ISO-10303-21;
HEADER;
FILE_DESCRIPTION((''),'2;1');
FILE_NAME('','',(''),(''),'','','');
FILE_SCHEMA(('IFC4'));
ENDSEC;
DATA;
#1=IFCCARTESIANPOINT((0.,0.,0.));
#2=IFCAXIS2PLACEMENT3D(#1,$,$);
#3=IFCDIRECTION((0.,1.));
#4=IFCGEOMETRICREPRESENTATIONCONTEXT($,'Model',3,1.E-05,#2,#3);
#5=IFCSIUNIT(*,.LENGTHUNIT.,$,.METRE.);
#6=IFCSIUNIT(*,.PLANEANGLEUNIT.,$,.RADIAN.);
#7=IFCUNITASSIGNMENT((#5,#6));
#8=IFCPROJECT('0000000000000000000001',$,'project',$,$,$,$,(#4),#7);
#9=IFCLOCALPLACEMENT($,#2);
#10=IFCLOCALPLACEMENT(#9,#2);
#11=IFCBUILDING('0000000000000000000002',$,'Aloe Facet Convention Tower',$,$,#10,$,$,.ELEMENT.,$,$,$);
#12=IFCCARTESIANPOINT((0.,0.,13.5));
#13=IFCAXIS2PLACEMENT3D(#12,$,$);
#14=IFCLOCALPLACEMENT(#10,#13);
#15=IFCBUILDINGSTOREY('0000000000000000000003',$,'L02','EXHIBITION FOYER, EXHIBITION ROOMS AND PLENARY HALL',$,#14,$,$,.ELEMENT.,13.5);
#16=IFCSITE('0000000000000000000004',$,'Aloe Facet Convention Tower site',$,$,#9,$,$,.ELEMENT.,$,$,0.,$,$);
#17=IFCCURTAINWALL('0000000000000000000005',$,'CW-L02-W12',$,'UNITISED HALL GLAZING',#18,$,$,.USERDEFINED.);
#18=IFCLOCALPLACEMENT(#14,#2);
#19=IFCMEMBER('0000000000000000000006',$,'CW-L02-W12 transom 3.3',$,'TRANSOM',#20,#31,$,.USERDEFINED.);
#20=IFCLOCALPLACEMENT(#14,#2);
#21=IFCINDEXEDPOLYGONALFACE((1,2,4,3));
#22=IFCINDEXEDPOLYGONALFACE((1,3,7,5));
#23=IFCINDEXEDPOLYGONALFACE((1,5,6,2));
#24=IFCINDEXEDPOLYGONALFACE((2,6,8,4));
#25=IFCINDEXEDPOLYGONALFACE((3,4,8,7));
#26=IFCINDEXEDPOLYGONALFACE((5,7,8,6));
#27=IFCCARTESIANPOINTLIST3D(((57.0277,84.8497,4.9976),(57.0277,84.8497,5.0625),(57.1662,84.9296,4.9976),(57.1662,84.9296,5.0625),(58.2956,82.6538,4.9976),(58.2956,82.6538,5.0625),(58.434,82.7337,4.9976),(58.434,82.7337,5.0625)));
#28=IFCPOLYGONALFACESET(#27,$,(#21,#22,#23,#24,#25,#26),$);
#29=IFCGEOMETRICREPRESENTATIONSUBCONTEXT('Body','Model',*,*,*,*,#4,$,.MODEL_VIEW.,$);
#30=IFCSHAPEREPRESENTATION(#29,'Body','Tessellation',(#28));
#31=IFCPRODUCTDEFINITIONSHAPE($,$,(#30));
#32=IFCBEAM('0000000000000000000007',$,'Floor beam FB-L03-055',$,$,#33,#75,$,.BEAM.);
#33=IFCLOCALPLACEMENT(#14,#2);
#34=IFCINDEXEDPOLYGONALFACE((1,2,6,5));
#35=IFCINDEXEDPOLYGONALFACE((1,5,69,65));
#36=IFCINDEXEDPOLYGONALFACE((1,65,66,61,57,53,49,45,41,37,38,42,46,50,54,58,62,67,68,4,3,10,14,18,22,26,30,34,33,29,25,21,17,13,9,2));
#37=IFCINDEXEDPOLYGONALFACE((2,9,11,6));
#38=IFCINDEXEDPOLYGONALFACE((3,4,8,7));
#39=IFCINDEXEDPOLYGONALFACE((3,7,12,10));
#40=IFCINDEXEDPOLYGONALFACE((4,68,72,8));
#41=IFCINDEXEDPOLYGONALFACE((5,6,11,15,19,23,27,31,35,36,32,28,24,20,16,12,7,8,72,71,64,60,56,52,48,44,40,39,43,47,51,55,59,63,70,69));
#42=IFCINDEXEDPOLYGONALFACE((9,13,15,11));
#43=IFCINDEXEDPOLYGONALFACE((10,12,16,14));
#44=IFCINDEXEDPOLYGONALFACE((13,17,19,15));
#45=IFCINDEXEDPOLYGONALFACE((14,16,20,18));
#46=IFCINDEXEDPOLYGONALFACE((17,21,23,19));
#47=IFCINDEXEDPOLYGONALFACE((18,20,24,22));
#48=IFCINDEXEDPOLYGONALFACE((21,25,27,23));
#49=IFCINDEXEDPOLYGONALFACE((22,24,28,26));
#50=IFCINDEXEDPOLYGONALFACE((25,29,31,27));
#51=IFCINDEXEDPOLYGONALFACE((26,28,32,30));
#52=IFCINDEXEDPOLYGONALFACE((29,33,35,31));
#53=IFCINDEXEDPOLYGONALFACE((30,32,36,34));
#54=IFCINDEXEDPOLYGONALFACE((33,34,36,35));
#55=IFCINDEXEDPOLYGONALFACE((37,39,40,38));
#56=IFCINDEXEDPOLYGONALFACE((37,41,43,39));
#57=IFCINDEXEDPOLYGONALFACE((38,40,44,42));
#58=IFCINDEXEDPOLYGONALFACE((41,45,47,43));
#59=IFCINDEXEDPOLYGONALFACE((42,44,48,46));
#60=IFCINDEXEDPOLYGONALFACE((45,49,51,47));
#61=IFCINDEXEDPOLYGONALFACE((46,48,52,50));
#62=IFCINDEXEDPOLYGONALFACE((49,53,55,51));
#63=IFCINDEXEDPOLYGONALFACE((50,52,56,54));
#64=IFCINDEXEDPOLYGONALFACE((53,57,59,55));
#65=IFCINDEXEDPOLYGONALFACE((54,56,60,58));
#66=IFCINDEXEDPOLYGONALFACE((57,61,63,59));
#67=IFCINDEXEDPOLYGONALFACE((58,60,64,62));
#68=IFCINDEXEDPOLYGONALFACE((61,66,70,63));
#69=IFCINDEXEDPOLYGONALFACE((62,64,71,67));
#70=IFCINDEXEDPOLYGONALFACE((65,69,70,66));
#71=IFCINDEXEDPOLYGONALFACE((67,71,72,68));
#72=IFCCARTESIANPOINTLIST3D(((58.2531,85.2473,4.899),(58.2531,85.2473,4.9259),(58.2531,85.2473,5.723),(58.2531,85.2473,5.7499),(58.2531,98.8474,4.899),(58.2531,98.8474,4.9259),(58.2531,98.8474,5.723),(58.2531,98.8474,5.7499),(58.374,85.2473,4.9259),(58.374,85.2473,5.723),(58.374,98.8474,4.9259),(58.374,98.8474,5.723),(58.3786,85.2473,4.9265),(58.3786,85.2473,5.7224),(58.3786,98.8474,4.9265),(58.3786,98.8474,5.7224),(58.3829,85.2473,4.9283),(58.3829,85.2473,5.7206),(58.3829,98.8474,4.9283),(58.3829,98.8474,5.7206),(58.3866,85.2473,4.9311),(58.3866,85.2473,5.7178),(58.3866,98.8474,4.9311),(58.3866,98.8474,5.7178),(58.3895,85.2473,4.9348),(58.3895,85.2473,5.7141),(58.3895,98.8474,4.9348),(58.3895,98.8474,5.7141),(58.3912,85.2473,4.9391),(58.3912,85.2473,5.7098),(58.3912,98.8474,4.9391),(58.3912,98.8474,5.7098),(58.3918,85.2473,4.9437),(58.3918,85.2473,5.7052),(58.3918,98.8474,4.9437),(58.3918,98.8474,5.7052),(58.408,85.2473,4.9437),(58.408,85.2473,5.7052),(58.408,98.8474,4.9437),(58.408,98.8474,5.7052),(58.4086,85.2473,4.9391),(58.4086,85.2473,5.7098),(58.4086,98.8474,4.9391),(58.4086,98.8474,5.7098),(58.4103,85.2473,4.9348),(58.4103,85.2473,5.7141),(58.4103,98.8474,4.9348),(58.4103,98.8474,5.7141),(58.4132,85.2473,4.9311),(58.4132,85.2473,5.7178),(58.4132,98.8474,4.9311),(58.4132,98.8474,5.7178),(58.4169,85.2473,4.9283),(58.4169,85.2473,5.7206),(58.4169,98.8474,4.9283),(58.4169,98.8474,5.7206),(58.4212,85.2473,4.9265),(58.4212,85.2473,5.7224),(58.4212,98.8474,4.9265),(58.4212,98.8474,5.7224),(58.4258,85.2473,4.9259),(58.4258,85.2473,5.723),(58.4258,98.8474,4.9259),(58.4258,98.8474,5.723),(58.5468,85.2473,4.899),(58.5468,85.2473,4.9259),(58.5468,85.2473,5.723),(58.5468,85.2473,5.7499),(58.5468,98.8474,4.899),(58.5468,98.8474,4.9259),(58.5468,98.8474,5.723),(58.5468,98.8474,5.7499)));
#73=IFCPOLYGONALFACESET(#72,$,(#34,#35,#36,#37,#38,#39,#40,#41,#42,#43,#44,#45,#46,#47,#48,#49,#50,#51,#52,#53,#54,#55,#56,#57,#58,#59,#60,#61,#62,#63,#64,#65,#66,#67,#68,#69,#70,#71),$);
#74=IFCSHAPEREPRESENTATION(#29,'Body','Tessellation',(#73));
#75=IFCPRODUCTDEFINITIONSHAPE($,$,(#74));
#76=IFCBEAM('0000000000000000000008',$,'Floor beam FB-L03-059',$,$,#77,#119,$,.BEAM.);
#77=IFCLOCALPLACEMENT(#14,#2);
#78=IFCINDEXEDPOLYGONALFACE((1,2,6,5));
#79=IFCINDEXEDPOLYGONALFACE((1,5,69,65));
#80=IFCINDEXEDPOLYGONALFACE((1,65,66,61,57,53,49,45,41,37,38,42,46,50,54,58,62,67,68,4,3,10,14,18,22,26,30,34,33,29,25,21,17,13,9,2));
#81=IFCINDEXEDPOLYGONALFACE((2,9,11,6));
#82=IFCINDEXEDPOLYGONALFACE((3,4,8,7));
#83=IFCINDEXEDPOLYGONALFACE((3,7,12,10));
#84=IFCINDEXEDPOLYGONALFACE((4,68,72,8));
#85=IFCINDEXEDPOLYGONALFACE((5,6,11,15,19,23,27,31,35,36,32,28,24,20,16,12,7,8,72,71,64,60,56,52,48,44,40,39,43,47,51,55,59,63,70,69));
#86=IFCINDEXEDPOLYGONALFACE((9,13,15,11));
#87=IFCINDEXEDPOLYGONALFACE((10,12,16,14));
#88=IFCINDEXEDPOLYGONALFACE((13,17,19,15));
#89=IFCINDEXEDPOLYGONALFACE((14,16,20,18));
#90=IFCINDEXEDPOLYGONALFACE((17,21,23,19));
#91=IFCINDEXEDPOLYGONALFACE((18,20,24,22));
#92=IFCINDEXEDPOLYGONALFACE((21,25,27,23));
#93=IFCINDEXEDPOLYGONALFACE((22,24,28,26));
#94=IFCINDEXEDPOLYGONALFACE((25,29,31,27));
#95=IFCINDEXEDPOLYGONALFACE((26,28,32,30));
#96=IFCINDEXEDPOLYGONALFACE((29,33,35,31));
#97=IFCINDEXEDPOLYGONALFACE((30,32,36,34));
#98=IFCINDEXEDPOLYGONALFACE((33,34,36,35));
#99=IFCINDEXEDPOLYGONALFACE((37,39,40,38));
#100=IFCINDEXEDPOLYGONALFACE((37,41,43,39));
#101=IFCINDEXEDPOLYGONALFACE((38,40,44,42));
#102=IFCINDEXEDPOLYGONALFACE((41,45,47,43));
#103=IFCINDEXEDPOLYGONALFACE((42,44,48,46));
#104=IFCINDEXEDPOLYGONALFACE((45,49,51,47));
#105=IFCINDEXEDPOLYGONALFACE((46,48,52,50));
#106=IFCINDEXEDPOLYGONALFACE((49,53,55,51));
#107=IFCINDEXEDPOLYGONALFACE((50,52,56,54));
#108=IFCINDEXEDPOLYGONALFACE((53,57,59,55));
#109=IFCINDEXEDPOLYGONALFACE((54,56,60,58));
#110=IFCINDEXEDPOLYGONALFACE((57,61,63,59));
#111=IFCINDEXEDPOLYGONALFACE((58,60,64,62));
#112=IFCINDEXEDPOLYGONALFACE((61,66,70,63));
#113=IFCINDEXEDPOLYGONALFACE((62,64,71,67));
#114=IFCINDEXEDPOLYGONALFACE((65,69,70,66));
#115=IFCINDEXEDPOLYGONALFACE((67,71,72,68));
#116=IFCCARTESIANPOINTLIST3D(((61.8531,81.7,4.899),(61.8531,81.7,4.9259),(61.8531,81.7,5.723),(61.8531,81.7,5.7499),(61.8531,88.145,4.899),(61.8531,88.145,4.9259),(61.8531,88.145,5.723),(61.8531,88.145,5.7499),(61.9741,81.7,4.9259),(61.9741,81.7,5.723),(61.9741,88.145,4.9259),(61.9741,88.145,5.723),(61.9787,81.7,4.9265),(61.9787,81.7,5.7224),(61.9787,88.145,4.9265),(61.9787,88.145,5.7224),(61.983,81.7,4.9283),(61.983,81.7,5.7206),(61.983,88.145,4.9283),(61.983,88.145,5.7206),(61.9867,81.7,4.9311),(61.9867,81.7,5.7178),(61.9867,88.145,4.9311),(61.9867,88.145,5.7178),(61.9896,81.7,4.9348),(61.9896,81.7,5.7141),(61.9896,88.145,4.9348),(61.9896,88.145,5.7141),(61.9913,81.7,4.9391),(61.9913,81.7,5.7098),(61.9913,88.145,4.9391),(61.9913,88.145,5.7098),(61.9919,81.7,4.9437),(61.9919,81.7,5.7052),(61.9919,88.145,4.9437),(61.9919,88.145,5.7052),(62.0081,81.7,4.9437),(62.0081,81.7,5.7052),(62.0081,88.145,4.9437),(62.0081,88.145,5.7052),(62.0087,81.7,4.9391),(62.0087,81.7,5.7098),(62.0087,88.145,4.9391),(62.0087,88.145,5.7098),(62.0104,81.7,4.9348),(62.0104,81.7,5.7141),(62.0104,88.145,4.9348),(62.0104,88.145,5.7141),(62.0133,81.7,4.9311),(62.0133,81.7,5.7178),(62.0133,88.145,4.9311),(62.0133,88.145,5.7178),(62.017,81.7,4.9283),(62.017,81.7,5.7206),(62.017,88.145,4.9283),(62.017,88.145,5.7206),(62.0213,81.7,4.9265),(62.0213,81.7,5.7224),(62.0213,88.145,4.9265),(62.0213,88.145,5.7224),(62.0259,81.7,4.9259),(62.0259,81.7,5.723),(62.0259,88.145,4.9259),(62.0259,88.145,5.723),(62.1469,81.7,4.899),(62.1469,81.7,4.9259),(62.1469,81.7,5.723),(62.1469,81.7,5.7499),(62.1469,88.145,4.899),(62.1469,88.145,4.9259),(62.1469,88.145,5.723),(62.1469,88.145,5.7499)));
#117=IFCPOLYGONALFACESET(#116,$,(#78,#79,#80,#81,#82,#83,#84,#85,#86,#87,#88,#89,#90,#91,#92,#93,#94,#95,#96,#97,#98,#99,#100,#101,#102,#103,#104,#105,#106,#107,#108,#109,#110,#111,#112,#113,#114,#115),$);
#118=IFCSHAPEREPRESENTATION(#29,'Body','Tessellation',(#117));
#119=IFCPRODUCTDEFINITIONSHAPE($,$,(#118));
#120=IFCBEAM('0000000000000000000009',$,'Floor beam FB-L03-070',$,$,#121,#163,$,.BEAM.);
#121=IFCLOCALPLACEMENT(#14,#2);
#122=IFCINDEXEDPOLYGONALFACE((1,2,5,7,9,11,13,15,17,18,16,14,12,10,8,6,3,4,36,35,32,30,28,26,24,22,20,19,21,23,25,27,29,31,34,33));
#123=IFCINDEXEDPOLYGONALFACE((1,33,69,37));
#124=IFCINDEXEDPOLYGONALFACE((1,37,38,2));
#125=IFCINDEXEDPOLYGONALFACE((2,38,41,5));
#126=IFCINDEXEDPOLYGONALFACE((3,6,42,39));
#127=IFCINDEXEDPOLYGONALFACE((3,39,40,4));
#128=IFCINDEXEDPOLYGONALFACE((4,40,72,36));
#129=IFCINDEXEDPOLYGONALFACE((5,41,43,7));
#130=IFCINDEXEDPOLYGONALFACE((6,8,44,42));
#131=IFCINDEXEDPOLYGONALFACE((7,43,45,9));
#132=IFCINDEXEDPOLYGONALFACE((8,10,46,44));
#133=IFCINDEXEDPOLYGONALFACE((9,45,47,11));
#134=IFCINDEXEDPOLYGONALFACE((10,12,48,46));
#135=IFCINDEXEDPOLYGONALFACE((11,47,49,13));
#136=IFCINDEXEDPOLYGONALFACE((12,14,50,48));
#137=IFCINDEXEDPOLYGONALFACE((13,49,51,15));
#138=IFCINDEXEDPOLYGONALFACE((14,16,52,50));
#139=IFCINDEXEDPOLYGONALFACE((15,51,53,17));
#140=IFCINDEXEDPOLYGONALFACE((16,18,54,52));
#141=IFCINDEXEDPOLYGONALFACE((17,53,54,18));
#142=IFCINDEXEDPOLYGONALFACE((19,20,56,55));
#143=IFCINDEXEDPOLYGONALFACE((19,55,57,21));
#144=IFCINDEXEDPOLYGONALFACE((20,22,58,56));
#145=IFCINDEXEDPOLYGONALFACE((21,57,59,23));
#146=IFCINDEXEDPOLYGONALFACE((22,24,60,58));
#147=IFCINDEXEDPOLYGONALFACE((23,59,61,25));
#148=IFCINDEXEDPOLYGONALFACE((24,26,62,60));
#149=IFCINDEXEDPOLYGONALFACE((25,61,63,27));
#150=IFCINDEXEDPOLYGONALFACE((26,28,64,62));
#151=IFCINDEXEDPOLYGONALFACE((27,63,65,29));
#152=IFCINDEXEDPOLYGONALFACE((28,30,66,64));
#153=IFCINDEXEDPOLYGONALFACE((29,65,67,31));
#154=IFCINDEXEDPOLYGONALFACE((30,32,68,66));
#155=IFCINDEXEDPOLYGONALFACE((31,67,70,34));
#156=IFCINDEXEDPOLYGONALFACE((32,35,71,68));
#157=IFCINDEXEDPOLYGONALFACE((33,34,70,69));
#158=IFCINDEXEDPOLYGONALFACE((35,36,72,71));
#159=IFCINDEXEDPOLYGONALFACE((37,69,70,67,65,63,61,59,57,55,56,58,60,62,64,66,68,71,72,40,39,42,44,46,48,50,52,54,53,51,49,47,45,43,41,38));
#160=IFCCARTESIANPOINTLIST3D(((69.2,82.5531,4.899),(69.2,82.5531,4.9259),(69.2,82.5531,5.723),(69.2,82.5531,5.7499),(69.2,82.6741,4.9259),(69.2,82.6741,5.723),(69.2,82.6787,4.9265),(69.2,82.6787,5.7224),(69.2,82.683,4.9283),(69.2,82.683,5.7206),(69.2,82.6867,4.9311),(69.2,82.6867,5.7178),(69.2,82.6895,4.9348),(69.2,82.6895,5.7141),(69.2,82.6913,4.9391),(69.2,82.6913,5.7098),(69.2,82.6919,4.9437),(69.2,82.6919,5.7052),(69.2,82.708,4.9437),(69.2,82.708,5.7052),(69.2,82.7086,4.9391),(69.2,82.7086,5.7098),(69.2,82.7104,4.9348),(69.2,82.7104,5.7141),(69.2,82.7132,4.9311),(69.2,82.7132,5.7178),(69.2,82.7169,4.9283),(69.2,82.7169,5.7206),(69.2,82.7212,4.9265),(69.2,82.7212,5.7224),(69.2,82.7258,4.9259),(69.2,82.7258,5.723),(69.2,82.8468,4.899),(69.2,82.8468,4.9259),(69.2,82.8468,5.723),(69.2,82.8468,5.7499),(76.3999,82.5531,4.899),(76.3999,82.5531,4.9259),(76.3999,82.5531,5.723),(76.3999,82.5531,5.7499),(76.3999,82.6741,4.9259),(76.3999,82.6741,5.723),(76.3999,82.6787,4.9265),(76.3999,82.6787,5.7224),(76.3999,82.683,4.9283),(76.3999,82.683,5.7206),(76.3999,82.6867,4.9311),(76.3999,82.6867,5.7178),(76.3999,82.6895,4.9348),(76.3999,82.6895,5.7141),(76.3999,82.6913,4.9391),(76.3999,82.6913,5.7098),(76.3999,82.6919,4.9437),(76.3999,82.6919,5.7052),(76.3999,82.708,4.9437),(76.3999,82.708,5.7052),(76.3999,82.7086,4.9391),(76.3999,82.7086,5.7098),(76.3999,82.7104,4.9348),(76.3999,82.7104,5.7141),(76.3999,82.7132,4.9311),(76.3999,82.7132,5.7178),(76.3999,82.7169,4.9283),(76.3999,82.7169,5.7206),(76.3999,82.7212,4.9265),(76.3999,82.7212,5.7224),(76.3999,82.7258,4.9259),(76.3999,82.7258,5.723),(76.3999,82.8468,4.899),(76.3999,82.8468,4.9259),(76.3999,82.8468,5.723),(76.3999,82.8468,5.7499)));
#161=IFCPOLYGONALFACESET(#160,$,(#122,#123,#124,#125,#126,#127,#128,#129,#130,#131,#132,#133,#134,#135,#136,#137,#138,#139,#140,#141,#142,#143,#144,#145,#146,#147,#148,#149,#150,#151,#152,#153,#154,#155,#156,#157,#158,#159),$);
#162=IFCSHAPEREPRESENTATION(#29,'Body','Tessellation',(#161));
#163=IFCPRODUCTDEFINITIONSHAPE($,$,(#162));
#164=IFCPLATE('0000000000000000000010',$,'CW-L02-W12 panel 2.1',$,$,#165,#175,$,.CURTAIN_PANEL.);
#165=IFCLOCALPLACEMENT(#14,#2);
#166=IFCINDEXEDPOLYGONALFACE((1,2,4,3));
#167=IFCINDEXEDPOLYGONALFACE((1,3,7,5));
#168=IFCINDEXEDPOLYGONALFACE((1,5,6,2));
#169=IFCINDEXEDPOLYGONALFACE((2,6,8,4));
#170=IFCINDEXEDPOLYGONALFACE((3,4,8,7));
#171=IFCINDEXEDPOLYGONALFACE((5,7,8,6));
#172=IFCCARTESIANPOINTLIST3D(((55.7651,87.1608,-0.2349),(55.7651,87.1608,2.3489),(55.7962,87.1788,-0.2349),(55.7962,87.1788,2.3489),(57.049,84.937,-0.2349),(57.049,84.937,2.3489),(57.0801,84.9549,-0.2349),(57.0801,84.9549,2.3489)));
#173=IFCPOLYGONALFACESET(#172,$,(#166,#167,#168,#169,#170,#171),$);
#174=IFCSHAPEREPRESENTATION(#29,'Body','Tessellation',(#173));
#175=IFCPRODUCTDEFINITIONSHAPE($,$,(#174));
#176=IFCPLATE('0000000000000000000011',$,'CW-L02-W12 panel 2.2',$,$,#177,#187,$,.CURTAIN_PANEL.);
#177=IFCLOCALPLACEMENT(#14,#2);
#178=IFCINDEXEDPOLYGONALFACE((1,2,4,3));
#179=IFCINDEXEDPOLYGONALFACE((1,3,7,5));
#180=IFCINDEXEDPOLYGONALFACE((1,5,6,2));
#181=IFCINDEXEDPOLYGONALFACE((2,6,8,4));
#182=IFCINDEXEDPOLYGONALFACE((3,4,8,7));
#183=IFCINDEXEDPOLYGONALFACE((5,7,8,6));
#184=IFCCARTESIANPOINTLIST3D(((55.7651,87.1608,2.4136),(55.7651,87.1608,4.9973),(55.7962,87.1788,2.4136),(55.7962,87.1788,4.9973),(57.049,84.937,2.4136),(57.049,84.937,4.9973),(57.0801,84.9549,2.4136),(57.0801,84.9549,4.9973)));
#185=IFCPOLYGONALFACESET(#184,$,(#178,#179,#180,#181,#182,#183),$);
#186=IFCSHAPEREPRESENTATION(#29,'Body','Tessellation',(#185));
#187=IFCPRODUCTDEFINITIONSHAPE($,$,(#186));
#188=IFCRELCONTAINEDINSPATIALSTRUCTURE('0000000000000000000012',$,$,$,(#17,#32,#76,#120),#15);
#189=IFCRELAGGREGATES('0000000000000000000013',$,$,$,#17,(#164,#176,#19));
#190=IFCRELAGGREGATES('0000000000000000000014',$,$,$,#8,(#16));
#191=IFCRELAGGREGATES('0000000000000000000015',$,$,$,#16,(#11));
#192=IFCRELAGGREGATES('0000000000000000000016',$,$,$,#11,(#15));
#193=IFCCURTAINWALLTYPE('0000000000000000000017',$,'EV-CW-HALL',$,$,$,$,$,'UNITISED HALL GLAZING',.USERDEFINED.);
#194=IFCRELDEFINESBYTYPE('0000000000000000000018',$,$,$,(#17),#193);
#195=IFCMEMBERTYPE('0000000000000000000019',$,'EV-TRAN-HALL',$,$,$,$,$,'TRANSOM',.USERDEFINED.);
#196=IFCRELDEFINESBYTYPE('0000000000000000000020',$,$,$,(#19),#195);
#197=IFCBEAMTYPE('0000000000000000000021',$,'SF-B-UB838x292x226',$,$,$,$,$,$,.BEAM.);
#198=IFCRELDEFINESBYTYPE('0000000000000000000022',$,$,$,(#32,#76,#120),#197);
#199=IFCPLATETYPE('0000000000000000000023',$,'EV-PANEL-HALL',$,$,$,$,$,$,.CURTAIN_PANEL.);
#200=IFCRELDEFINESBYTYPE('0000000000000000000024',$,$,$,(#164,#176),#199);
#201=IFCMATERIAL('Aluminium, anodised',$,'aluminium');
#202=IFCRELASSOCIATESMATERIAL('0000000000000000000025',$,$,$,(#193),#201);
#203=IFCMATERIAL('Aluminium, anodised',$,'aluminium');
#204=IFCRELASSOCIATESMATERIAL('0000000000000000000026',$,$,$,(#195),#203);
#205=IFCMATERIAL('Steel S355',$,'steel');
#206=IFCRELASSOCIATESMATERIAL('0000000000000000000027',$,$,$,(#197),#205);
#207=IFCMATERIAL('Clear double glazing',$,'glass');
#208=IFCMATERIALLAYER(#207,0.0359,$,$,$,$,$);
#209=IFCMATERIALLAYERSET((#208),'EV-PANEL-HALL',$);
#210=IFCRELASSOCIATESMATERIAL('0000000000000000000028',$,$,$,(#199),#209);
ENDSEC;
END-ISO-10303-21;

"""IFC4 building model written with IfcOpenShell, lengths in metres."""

from ifc_helpers import new_model, si_unit, direction, frame, origin, origin_2d, place, context, subcontext, project, spatial, rectangle, i_section, extrude, material, layer, layer_set, material_profile, profile_set, type_object, element, aggregate, save


model = new_model("IFC4")

# Units and contexts
model_context = context("Model", 3, precision=1e-05, world=origin(), true_north=direction((0.0, 1.0)))
body_context = subcontext(model_context, "Body", "Model", "MODEL_VIEW")
ifc_project = project(units=[si_unit("LENGTHUNIT", "METRE"), si_unit("PLANEANGLEUNIT", "RADIAN")], contexts=[model_context])

# Site, building, storey
site_placement = place(None, origin())
site = spatial("IfcSite", under=ifc_project, at=site_placement, Name="Aloe Facet Convention Tower site", CompositionType="ELEMENT", RefElevation=0.0)
building_placement = place(site_placement, origin())
building = spatial("IfcBuilding", under=site, at=building_placement, Name="Aloe Facet Convention Tower", CompositionType="ELEMENT")
storey_placement = place(building_placement, frame((0.0, 0.0, 13.5)))
storey = spatial("IfcBuildingStorey", under=building, at=storey_placement, Name="L02", Description="EXHIBITION FOYER, EXHIBITION ROOMS AND PLENARY HALL", CompositionType="ELEMENT", Elevation=13.5)

# Curtain wall, member
ifc_material_1 = material(Name="Aluminium, anodised", Category="aluminium")
curtain_wall_type = type_object("IfcCurtainWallType", Name="EV-CW-HALL", ElementType="UNITISED HALL GLAZING", PredefinedType="USERDEFINED", material=ifc_material_1)
curtain_wall_placement = place(storey_placement, origin())
curtain_wall = element("IfcCurtainWall", 1, at=curtain_wall_placement, inside=storey, type_object=curtain_wall_type, Name="CW-L02-W12", ObjectType="UNITISED HALL GLAZING", PredefinedType="USERDEFINED")
ifc_material_2 = material(Name="Aluminium, anodised", Category="aluminium")
ifc_material_profile_1 = material_profile(ifc_material_2, rectangle(XDim=0.1599, YDim=0.0649, at=origin_2d()), Name="AL 160x65")
ifc_profile_set_1 = profile_set([ifc_material_profile_1], Name="Aluminium, anodised")
member_type_1 = type_object("IfcMemberType", Name="EV-TRAN-HALL", ElementType="TRANSOM", PredefinedType="USERDEFINED", material=ifc_profile_set_1)
member_1_placement = place(storey_placement, frame((57.0969, 84.8896, 5.03), z_axis=(0.500023, -0.866012, 0.0), x_axis=(0.866012, 0.500023, 0.0)))
member_1 = element("IfcMember", 2, at=member_1_placement, type_object=member_type_1, Name="CW-L02-W12 transom 3.3", ObjectType="TRANSOM", PredefinedType="USERDEFINED", context=body_context, shape_type="SweptSolid", body=[
    extrude(rectangle(XDim=0.1599, YDim=0.0649, at=origin_2d()), origin(), (0.0, 0.0, 1.0), 2.5356),
])

# Beams
ifc_material_3 = material(Name="Steel S355", Category="steel")
ifc_material_profile_2 = material_profile(ifc_material_3, i_section(OverallWidth=0.2937, OverallDepth=0.8508, WebThickness=0.0161, FlangeThickness=0.0269, FilletRadius=0.0178, at=origin_2d()), Name="UB 838x292x226")
ifc_profile_set_2 = profile_set([ifc_material_profile_2], Name="Steel S355")
beam_type_1 = type_object("IfcBeamType", Name="SF-B-UB838x292x226", PredefinedType="BEAM", material=ifc_profile_set_2)
beam_1_placement = place(storey_placement, frame((58.3999, 85.2473, 5.3245), z_axis=(0.0, 1.0, 0.0), x_axis=(-1.0, 0.0, 0.0)))
element("IfcBeam", 3, at=beam_1_placement, inside=storey, type_object=beam_type_1, Name="Floor beam FB-L03-055", PredefinedType="BEAM", context=body_context, shape_type="SweptSolid", body=[
    extrude(i_section(OverallWidth=0.2937, OverallDepth=0.8508, WebThickness=0.0161, FlangeThickness=0.0269, FilletRadius=0.0178, at=origin_2d()), origin(), (0.0, 0.0, 1.0), 13.6001),
])
beam_2_placement = place(storey_placement, frame((62.0, 81.7, 5.3245), z_axis=(0.0, 1.0, 0.0), x_axis=(-1.0, 0.0, 0.0)))
element("IfcBeam", 4, at=beam_2_placement, inside=storey, type_object=beam_type_1, Name="Floor beam FB-L03-059", PredefinedType="BEAM", context=body_context, shape_type="SweptSolid", body=[
    extrude(i_section(OverallWidth=0.2937, OverallDepth=0.8508, WebThickness=0.0161, FlangeThickness=0.0269, FilletRadius=0.0178, at=origin_2d()), origin(), (0.0, 0.0, 1.0), 6.4451),
])
beam_3_placement = place(storey_placement, frame((69.2, 82.7, 5.3245), z_axis=(1.0, 0.0, 0.0), x_axis=(0.0, 1.0, 0.0)))
element("IfcBeam", 5, at=beam_3_placement, inside=storey, type_object=beam_type_1, Name="Floor beam FB-L03-070", PredefinedType="BEAM", context=body_context, shape_type="SweptSolid", body=[
    extrude(i_section(OverallWidth=0.2937, OverallDepth=0.8508, WebThickness=0.0161, FlangeThickness=0.0269, FilletRadius=0.0178, at=origin_2d()), origin(), (0.0, 0.0, 1.0), 7.2),
])

# Plates
ifc_material_4 = material(Name="Clear double glazing", Category="glass")
ifc_layer_1 = layer(ifc_material_4, 0.0359)
ifc_layer_set_1 = layer_set([ifc_layer_1], Name="EV-PANEL-HALL")
plate_type = type_object("IfcPlateType", Name="EV-PANEL-HALL", PredefinedType="CURTAIN_PANEL", material=ifc_layer_set_1)
plate_1_placement = place(storey_placement, frame((56.4226, 86.0579, -0.2349), z_axis=(0.0, 0.0, 1.0), x_axis=(0.5, -0.866025, 0.0)))
plate_1 = element("IfcPlate", 6, at=plate_1_placement, type_object=plate_type, Name="CW-L02-W12 panel 2.1", PredefinedType="CURTAIN_PANEL", context=body_context, shape_type="SweptSolid", body=[
    extrude(rectangle(XDim=2.5679, YDim=0.0359, at=origin_2d()), origin(), (0.0, 0.0, 1.0), 2.5837),
])
plate_2_placement = place(storey_placement, frame((56.4226, 86.0579, 2.4136), z_axis=(0.0, 0.0, 1.0), x_axis=(0.5, -0.866025, 0.0)))
plate_2 = element("IfcPlate", 7, at=plate_2_placement, type_object=plate_type, Name="CW-L02-W12 panel 2.2", PredefinedType="CURTAIN_PANEL", context=body_context, shape_type="SweptSolid", body=[
    extrude(rectangle(XDim=2.5679, YDim=0.0359, at=origin_2d()), origin(), (0.0, 0.0, 1.0), 2.5837),
])
aggregate(curtain_wall, [plate_1, plate_2, member_1])

save(model, "model.ifc")
